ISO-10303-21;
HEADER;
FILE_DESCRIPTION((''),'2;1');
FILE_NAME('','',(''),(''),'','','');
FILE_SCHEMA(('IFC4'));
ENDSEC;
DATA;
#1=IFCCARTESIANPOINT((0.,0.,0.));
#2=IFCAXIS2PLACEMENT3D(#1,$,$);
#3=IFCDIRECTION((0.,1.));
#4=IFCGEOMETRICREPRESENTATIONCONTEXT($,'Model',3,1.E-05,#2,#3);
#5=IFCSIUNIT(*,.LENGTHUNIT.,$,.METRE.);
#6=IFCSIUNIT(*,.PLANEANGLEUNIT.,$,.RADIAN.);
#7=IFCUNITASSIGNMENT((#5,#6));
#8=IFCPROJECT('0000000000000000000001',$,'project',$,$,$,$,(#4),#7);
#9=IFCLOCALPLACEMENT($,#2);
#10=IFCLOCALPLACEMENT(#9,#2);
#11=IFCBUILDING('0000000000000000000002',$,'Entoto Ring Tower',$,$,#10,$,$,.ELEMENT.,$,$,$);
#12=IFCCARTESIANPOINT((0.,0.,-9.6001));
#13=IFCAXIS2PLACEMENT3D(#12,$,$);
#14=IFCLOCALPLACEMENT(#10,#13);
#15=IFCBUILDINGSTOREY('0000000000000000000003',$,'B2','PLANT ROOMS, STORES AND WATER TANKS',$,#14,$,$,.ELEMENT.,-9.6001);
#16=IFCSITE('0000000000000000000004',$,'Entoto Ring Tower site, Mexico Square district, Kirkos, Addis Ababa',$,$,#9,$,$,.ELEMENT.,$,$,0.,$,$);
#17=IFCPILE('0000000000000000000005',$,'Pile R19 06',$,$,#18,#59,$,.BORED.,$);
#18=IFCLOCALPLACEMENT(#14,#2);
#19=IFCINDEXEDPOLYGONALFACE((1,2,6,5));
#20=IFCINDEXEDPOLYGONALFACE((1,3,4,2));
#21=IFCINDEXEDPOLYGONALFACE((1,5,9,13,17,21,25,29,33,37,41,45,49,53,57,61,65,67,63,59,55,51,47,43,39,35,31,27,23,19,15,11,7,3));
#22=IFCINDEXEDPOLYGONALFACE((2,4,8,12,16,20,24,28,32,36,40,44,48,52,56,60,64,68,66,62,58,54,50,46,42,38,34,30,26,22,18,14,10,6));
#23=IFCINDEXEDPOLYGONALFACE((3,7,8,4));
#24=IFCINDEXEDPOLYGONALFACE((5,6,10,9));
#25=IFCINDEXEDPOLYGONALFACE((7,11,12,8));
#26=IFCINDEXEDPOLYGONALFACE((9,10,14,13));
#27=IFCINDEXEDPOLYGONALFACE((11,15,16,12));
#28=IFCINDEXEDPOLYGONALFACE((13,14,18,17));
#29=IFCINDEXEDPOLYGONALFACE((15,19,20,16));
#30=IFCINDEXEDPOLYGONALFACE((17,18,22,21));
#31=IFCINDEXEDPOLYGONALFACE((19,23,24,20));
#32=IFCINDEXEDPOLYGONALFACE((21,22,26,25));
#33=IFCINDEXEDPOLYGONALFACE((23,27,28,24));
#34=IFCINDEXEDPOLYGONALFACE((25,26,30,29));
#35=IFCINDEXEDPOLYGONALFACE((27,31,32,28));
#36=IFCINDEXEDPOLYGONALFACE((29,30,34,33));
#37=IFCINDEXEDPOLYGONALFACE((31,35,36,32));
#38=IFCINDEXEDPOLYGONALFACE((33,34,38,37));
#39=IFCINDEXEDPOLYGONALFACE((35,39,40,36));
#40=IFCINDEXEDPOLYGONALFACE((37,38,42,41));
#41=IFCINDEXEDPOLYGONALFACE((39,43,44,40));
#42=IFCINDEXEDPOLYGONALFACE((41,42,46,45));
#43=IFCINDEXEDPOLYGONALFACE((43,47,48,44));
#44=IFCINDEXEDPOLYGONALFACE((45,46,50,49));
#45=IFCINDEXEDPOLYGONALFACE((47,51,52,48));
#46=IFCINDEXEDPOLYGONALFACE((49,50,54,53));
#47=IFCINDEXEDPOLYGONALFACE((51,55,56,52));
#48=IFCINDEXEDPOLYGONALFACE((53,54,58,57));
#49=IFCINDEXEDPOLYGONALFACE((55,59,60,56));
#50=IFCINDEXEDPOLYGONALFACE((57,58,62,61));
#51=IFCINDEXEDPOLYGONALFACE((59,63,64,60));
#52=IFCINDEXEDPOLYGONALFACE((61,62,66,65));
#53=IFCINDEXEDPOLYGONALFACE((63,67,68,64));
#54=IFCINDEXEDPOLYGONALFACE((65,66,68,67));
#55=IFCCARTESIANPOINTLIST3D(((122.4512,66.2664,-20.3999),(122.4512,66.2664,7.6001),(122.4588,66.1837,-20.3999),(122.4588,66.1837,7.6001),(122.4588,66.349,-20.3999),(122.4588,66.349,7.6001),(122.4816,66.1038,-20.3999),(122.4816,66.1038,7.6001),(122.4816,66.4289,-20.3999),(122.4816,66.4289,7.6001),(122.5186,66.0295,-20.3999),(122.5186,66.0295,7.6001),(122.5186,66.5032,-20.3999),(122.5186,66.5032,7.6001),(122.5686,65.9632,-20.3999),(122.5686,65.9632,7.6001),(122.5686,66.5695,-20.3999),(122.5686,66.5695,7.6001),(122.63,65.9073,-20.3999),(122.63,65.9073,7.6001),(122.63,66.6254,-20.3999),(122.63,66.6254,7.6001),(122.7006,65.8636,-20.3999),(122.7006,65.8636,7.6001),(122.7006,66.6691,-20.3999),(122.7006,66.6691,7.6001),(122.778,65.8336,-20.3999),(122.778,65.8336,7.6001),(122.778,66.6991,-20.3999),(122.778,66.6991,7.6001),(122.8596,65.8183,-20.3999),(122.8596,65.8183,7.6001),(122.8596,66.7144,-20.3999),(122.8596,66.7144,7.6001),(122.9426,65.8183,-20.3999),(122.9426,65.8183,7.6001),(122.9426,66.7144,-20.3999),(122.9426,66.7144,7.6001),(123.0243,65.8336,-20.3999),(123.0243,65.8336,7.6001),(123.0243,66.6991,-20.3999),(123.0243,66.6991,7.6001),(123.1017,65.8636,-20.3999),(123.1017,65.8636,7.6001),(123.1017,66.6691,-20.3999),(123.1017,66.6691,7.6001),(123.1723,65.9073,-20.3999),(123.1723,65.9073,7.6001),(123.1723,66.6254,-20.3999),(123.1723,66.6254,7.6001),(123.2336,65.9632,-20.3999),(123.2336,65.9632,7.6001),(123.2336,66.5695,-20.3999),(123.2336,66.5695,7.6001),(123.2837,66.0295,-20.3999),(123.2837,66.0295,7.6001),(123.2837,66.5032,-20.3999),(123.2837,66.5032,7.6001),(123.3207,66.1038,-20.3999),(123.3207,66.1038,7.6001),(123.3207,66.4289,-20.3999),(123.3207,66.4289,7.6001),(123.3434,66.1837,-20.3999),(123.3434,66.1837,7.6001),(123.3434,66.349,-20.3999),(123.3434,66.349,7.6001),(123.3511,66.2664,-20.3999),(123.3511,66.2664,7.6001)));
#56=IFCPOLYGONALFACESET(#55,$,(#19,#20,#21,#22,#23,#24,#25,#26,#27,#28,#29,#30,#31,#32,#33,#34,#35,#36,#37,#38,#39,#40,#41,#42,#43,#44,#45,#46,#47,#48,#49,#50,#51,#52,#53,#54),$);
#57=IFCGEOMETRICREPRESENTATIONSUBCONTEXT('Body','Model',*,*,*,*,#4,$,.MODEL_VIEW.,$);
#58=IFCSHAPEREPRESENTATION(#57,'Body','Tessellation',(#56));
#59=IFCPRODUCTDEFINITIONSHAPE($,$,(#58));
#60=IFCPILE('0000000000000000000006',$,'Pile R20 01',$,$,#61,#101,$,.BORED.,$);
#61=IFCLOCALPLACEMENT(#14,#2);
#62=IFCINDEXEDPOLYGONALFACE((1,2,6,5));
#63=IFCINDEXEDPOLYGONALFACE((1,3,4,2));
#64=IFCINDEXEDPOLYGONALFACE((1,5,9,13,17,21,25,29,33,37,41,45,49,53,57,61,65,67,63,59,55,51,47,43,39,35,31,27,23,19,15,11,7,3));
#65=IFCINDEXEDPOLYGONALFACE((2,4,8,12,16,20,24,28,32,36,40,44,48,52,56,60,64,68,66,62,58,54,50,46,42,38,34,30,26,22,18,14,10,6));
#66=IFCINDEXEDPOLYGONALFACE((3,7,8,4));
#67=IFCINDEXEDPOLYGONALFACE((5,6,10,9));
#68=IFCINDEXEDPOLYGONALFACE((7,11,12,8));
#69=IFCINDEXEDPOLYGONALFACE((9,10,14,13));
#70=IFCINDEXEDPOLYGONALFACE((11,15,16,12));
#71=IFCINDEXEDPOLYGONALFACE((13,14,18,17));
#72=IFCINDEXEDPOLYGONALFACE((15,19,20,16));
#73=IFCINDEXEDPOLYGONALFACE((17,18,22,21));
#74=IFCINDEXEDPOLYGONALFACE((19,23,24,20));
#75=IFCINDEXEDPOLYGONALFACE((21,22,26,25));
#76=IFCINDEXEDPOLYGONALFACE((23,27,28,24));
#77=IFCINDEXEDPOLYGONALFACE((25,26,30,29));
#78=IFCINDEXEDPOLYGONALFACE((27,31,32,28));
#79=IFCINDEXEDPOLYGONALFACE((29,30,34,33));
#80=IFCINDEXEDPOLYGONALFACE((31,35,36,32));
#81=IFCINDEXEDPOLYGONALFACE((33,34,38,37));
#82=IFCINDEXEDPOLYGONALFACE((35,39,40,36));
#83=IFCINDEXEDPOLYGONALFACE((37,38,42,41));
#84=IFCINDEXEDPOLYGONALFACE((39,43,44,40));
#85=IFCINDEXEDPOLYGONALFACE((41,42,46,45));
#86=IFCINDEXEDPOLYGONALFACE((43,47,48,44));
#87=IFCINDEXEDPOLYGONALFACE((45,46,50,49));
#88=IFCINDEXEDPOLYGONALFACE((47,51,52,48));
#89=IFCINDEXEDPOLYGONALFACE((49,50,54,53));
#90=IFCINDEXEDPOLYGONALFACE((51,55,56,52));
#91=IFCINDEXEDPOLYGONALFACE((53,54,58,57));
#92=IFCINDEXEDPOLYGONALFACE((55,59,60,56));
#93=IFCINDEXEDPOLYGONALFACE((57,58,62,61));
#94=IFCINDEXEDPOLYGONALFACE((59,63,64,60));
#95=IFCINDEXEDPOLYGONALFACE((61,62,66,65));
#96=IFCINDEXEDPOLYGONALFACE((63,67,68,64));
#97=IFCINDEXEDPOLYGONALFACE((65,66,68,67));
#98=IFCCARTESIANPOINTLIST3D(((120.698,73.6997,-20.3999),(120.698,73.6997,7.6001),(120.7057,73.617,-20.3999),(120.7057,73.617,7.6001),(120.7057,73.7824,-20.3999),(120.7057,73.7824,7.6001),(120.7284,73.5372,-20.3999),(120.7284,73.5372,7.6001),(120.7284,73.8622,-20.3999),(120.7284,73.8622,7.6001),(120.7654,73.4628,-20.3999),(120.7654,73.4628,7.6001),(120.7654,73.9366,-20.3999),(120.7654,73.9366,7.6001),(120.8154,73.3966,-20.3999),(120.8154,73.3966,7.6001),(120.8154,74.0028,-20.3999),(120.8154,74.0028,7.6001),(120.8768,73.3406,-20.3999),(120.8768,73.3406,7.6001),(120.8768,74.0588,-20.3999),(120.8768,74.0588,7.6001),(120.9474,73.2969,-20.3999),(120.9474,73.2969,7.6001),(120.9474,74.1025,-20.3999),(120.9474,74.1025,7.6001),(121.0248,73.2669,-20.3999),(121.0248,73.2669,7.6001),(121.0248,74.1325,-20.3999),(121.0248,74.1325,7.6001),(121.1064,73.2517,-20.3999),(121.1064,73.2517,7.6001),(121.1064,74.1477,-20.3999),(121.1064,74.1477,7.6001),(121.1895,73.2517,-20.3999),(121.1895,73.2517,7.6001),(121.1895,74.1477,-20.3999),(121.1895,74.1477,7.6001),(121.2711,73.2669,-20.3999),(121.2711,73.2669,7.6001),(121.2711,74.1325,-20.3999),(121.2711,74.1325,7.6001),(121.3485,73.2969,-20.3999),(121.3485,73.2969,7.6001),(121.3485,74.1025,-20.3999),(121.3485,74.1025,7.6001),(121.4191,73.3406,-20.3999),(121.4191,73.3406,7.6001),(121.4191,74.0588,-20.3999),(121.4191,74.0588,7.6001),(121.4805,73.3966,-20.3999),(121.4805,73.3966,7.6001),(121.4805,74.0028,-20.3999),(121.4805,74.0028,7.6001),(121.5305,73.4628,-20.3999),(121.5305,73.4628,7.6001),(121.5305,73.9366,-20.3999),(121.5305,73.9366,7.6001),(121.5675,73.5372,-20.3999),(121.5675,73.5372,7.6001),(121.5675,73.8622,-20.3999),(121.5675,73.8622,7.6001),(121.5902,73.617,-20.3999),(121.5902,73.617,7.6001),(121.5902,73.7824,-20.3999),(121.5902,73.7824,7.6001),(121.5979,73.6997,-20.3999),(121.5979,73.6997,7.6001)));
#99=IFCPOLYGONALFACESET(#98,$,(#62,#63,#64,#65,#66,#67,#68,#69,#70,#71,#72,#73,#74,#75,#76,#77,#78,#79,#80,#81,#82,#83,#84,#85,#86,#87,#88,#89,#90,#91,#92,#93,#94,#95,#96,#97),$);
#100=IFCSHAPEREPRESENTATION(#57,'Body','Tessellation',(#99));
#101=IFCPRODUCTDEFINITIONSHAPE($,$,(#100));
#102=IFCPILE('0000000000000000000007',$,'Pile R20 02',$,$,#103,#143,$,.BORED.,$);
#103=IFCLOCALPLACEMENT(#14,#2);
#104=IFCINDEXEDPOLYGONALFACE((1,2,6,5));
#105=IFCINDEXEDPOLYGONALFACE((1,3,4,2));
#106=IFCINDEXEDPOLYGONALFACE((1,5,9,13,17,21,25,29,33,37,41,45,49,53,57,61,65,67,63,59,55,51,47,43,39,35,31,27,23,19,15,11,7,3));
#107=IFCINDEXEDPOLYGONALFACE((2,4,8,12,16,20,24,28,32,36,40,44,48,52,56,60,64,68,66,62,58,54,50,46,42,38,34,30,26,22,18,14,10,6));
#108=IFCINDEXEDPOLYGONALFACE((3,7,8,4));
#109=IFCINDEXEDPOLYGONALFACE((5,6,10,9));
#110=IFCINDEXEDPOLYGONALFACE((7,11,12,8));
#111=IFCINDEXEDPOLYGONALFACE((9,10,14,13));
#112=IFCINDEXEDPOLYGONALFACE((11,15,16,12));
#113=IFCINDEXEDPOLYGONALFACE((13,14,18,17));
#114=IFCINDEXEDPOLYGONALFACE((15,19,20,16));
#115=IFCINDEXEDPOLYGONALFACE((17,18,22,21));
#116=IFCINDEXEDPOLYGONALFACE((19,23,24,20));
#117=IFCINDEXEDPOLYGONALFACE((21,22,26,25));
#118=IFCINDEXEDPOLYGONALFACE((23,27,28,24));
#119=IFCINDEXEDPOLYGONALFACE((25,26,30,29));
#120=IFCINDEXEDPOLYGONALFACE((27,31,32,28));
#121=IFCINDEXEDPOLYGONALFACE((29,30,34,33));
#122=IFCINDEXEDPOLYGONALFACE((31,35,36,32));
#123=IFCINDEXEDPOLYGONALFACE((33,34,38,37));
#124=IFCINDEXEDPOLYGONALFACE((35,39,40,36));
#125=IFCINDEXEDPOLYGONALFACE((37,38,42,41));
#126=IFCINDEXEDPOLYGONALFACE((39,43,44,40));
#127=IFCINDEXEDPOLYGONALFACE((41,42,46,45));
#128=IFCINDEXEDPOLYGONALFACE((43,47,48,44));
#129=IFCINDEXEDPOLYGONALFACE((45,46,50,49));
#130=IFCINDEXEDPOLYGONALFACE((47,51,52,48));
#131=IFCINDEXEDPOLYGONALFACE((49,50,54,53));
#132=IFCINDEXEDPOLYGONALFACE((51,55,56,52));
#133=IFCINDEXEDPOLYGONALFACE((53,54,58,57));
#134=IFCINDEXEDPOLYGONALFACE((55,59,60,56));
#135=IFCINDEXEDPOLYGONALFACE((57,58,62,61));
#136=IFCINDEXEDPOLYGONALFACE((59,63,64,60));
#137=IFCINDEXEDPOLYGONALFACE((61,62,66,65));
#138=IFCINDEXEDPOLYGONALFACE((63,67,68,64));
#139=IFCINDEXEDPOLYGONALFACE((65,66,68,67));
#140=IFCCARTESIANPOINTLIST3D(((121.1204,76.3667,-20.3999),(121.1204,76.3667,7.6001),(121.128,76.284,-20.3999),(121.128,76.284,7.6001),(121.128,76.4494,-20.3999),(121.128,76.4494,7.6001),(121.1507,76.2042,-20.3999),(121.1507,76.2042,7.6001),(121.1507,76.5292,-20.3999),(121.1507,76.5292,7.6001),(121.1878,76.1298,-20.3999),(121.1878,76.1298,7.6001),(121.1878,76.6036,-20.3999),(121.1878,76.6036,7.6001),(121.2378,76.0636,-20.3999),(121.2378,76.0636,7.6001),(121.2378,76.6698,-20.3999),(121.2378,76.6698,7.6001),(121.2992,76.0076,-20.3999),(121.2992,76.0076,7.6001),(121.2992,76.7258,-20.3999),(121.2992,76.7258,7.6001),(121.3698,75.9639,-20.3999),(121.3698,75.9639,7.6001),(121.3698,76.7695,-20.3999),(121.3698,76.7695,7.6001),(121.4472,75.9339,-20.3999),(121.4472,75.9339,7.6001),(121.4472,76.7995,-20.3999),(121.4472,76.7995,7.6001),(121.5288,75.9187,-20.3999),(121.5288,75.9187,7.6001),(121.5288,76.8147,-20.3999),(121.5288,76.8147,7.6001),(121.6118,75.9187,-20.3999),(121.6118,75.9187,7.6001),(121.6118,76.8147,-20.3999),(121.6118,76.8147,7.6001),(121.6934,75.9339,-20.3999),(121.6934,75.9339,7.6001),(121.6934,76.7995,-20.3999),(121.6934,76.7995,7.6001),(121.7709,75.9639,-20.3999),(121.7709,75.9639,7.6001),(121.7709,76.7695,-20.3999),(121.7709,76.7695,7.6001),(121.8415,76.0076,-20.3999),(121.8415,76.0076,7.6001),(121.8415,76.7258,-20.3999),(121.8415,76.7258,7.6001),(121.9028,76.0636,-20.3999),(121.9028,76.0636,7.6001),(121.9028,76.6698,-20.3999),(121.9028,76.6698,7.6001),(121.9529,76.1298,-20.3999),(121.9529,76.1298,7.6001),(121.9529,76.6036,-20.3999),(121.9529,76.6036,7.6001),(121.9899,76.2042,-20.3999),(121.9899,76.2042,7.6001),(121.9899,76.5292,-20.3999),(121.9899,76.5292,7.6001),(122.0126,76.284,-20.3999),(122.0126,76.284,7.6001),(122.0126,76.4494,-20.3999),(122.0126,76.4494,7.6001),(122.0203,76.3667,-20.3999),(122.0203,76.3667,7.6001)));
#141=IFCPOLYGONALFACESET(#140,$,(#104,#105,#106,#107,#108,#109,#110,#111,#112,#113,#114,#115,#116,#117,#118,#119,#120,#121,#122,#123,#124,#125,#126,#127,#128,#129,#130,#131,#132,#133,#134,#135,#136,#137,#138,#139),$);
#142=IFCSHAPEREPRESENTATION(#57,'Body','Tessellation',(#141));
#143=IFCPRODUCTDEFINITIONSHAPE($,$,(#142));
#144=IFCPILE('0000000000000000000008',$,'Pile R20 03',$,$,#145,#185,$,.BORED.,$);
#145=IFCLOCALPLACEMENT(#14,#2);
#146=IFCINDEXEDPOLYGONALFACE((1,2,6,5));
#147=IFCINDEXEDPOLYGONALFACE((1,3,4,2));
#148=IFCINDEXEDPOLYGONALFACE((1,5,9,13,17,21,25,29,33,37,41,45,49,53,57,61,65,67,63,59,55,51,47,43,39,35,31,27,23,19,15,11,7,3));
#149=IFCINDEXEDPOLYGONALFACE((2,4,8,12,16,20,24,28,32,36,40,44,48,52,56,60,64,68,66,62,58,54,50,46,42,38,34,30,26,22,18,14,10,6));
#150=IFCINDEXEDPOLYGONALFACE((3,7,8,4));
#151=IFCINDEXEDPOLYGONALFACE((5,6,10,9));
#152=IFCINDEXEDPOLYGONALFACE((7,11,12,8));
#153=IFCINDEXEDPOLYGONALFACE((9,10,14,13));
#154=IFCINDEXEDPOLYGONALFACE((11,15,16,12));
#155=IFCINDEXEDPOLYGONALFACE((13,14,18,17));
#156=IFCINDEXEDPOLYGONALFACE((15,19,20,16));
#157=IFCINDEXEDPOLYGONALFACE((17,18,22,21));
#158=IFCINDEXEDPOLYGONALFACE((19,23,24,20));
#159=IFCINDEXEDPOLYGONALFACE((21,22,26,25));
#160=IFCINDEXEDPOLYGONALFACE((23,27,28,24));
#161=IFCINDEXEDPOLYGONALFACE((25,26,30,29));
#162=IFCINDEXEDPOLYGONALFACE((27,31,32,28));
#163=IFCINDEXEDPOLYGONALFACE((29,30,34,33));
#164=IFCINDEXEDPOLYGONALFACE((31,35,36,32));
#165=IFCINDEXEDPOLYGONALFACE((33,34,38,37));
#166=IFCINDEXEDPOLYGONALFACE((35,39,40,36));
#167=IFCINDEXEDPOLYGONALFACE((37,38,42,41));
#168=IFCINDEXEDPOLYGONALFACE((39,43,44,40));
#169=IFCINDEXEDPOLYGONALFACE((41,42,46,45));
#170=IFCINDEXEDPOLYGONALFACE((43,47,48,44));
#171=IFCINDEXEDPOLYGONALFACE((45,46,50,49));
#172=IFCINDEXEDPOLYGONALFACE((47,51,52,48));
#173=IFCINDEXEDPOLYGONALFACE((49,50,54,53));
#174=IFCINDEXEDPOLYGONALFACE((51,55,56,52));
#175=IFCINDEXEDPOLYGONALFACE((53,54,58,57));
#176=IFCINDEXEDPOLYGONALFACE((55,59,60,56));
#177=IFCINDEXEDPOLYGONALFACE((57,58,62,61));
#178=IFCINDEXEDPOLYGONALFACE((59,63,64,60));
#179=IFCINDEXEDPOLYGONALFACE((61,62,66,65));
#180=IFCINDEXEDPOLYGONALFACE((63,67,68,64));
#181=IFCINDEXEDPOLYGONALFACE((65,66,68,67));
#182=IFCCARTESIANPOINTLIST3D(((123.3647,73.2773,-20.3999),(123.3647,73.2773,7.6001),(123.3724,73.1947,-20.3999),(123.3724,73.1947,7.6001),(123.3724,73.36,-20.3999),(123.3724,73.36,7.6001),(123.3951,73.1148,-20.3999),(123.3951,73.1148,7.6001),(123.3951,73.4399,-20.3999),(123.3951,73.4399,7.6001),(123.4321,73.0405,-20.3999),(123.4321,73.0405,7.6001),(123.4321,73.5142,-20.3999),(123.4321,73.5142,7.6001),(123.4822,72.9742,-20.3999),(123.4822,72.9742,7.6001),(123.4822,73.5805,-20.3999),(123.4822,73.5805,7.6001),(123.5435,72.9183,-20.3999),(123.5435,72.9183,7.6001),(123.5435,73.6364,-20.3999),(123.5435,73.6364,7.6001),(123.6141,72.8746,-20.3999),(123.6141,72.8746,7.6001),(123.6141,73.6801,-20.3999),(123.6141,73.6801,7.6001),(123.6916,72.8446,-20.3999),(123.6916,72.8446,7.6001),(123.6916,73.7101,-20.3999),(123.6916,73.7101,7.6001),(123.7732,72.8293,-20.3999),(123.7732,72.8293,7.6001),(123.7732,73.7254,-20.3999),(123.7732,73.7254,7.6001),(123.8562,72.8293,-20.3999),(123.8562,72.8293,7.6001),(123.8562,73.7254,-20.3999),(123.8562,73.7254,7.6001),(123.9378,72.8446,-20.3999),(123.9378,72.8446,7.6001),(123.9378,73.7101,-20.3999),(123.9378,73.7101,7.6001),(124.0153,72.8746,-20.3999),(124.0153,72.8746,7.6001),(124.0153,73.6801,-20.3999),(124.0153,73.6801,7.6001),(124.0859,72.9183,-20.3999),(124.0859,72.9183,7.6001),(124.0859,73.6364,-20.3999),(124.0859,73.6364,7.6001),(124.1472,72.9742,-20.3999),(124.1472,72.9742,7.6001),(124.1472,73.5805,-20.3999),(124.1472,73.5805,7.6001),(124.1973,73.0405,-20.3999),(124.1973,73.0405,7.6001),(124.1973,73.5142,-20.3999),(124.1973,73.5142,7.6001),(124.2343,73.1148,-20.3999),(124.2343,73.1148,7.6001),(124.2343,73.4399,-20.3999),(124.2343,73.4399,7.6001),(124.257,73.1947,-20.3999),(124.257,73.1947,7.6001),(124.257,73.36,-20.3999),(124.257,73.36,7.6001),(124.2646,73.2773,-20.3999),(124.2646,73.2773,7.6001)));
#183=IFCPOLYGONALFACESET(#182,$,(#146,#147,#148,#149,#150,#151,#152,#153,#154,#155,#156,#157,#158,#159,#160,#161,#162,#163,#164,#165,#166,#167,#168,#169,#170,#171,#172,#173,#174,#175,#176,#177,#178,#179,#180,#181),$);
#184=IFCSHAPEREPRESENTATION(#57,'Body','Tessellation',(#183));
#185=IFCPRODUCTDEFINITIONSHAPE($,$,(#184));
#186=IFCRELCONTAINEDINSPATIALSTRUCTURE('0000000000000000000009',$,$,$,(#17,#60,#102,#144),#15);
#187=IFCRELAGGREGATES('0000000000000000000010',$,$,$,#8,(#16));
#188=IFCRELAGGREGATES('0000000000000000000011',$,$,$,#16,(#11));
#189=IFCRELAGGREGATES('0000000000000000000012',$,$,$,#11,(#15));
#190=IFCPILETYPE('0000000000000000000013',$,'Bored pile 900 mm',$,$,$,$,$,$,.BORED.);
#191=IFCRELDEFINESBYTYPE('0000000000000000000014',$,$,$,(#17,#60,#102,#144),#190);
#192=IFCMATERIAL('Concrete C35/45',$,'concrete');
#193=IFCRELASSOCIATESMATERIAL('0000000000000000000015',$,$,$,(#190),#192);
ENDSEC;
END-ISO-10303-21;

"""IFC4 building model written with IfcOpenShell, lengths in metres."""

from ifc_helpers import new_model, si_unit, direction, frame, origin, origin_2d, place, context, subcontext, project, spatial, circle, extrude, material, material_profile, profile_set, type_object, element, save


model = new_model("IFC4")

# Units and contexts
model_context = context("Model", 3, precision=1e-05, world=origin(), true_north=direction((0.0, 1.0)))
body_context = subcontext(model_context, "Body", "Model", "MODEL_VIEW")
ifc_project = project(units=[si_unit("LENGTHUNIT", "METRE"), si_unit("PLANEANGLEUNIT", "RADIAN")], contexts=[model_context])

# Site, building, storey
site_placement = place(None, origin())
site = spatial("IfcSite", under=ifc_project, at=site_placement, Name="Entoto Ring Tower site, Mexico Square district, Kirkos, Addis Ababa", CompositionType="ELEMENT", RefElevation=0.0)
building_placement = place(site_placement, origin())
building = spatial("IfcBuilding", under=site, at=building_placement, Name="Entoto Ring Tower", CompositionType="ELEMENT")
storey_placement = place(building_placement, frame((0.0, 0.0, -9.6001)))
storey = spatial("IfcBuildingStorey", under=building, at=storey_placement, Name="B2", Description="PLANT ROOMS, STORES AND WATER TANKS", CompositionType="ELEMENT", Elevation=-9.6001)

# Piles
ifc_material_1 = material(Name="Concrete C35/45", Category="concrete")
ifc_material_profile_1 = material_profile(ifc_material_1, circle(Radius=0.45, at=origin_2d()), Name="Bored pile 900 mm")
ifc_profile_set_1 = profile_set([ifc_material_profile_1], Name="Concrete C35/45")
pile_type_1 = type_object("IfcPileType", Name="Bored pile 900 mm", PredefinedType="BORED", material=ifc_profile_set_1)
for number, where, z_axis, x_axis, name in (
    (1, (122.9011, 66.2664, 7.6001), (0.0, 0.0, -1.0), (1.0, 0.0, 0.0), "Pile R19 06"),
    (2, (121.1479, 73.6997, 7.6001), (0.0, 0.0, -1.0), (1.0, 0.0, 0.0), "Pile R20 01"),
    (3, (121.5703, 76.3667, 7.6001), (0.0, 0.0, -1.0), (1.0, 0.0, 0.0), "Pile R20 02"),
    (4, (123.8147, 73.2773, 7.6001), (0.0, 0.0, -1.0), (1.0, 0.0, 0.0), "Pile R20 03"),
):
    element("IfcPile", number, at=place(storey_placement, frame(where, z_axis=z_axis, x_axis=x_axis)), inside=storey, type_object=pile_type_1, Name=name, PredefinedType="BORED", context=body_context, shape_type="SweptSolid", body=[
        extrude(circle(Radius=0.45, at=origin_2d()), origin(), (0.0, 0.0, 1.0), 28.0),
    ])

save(model, "model.ifc")
